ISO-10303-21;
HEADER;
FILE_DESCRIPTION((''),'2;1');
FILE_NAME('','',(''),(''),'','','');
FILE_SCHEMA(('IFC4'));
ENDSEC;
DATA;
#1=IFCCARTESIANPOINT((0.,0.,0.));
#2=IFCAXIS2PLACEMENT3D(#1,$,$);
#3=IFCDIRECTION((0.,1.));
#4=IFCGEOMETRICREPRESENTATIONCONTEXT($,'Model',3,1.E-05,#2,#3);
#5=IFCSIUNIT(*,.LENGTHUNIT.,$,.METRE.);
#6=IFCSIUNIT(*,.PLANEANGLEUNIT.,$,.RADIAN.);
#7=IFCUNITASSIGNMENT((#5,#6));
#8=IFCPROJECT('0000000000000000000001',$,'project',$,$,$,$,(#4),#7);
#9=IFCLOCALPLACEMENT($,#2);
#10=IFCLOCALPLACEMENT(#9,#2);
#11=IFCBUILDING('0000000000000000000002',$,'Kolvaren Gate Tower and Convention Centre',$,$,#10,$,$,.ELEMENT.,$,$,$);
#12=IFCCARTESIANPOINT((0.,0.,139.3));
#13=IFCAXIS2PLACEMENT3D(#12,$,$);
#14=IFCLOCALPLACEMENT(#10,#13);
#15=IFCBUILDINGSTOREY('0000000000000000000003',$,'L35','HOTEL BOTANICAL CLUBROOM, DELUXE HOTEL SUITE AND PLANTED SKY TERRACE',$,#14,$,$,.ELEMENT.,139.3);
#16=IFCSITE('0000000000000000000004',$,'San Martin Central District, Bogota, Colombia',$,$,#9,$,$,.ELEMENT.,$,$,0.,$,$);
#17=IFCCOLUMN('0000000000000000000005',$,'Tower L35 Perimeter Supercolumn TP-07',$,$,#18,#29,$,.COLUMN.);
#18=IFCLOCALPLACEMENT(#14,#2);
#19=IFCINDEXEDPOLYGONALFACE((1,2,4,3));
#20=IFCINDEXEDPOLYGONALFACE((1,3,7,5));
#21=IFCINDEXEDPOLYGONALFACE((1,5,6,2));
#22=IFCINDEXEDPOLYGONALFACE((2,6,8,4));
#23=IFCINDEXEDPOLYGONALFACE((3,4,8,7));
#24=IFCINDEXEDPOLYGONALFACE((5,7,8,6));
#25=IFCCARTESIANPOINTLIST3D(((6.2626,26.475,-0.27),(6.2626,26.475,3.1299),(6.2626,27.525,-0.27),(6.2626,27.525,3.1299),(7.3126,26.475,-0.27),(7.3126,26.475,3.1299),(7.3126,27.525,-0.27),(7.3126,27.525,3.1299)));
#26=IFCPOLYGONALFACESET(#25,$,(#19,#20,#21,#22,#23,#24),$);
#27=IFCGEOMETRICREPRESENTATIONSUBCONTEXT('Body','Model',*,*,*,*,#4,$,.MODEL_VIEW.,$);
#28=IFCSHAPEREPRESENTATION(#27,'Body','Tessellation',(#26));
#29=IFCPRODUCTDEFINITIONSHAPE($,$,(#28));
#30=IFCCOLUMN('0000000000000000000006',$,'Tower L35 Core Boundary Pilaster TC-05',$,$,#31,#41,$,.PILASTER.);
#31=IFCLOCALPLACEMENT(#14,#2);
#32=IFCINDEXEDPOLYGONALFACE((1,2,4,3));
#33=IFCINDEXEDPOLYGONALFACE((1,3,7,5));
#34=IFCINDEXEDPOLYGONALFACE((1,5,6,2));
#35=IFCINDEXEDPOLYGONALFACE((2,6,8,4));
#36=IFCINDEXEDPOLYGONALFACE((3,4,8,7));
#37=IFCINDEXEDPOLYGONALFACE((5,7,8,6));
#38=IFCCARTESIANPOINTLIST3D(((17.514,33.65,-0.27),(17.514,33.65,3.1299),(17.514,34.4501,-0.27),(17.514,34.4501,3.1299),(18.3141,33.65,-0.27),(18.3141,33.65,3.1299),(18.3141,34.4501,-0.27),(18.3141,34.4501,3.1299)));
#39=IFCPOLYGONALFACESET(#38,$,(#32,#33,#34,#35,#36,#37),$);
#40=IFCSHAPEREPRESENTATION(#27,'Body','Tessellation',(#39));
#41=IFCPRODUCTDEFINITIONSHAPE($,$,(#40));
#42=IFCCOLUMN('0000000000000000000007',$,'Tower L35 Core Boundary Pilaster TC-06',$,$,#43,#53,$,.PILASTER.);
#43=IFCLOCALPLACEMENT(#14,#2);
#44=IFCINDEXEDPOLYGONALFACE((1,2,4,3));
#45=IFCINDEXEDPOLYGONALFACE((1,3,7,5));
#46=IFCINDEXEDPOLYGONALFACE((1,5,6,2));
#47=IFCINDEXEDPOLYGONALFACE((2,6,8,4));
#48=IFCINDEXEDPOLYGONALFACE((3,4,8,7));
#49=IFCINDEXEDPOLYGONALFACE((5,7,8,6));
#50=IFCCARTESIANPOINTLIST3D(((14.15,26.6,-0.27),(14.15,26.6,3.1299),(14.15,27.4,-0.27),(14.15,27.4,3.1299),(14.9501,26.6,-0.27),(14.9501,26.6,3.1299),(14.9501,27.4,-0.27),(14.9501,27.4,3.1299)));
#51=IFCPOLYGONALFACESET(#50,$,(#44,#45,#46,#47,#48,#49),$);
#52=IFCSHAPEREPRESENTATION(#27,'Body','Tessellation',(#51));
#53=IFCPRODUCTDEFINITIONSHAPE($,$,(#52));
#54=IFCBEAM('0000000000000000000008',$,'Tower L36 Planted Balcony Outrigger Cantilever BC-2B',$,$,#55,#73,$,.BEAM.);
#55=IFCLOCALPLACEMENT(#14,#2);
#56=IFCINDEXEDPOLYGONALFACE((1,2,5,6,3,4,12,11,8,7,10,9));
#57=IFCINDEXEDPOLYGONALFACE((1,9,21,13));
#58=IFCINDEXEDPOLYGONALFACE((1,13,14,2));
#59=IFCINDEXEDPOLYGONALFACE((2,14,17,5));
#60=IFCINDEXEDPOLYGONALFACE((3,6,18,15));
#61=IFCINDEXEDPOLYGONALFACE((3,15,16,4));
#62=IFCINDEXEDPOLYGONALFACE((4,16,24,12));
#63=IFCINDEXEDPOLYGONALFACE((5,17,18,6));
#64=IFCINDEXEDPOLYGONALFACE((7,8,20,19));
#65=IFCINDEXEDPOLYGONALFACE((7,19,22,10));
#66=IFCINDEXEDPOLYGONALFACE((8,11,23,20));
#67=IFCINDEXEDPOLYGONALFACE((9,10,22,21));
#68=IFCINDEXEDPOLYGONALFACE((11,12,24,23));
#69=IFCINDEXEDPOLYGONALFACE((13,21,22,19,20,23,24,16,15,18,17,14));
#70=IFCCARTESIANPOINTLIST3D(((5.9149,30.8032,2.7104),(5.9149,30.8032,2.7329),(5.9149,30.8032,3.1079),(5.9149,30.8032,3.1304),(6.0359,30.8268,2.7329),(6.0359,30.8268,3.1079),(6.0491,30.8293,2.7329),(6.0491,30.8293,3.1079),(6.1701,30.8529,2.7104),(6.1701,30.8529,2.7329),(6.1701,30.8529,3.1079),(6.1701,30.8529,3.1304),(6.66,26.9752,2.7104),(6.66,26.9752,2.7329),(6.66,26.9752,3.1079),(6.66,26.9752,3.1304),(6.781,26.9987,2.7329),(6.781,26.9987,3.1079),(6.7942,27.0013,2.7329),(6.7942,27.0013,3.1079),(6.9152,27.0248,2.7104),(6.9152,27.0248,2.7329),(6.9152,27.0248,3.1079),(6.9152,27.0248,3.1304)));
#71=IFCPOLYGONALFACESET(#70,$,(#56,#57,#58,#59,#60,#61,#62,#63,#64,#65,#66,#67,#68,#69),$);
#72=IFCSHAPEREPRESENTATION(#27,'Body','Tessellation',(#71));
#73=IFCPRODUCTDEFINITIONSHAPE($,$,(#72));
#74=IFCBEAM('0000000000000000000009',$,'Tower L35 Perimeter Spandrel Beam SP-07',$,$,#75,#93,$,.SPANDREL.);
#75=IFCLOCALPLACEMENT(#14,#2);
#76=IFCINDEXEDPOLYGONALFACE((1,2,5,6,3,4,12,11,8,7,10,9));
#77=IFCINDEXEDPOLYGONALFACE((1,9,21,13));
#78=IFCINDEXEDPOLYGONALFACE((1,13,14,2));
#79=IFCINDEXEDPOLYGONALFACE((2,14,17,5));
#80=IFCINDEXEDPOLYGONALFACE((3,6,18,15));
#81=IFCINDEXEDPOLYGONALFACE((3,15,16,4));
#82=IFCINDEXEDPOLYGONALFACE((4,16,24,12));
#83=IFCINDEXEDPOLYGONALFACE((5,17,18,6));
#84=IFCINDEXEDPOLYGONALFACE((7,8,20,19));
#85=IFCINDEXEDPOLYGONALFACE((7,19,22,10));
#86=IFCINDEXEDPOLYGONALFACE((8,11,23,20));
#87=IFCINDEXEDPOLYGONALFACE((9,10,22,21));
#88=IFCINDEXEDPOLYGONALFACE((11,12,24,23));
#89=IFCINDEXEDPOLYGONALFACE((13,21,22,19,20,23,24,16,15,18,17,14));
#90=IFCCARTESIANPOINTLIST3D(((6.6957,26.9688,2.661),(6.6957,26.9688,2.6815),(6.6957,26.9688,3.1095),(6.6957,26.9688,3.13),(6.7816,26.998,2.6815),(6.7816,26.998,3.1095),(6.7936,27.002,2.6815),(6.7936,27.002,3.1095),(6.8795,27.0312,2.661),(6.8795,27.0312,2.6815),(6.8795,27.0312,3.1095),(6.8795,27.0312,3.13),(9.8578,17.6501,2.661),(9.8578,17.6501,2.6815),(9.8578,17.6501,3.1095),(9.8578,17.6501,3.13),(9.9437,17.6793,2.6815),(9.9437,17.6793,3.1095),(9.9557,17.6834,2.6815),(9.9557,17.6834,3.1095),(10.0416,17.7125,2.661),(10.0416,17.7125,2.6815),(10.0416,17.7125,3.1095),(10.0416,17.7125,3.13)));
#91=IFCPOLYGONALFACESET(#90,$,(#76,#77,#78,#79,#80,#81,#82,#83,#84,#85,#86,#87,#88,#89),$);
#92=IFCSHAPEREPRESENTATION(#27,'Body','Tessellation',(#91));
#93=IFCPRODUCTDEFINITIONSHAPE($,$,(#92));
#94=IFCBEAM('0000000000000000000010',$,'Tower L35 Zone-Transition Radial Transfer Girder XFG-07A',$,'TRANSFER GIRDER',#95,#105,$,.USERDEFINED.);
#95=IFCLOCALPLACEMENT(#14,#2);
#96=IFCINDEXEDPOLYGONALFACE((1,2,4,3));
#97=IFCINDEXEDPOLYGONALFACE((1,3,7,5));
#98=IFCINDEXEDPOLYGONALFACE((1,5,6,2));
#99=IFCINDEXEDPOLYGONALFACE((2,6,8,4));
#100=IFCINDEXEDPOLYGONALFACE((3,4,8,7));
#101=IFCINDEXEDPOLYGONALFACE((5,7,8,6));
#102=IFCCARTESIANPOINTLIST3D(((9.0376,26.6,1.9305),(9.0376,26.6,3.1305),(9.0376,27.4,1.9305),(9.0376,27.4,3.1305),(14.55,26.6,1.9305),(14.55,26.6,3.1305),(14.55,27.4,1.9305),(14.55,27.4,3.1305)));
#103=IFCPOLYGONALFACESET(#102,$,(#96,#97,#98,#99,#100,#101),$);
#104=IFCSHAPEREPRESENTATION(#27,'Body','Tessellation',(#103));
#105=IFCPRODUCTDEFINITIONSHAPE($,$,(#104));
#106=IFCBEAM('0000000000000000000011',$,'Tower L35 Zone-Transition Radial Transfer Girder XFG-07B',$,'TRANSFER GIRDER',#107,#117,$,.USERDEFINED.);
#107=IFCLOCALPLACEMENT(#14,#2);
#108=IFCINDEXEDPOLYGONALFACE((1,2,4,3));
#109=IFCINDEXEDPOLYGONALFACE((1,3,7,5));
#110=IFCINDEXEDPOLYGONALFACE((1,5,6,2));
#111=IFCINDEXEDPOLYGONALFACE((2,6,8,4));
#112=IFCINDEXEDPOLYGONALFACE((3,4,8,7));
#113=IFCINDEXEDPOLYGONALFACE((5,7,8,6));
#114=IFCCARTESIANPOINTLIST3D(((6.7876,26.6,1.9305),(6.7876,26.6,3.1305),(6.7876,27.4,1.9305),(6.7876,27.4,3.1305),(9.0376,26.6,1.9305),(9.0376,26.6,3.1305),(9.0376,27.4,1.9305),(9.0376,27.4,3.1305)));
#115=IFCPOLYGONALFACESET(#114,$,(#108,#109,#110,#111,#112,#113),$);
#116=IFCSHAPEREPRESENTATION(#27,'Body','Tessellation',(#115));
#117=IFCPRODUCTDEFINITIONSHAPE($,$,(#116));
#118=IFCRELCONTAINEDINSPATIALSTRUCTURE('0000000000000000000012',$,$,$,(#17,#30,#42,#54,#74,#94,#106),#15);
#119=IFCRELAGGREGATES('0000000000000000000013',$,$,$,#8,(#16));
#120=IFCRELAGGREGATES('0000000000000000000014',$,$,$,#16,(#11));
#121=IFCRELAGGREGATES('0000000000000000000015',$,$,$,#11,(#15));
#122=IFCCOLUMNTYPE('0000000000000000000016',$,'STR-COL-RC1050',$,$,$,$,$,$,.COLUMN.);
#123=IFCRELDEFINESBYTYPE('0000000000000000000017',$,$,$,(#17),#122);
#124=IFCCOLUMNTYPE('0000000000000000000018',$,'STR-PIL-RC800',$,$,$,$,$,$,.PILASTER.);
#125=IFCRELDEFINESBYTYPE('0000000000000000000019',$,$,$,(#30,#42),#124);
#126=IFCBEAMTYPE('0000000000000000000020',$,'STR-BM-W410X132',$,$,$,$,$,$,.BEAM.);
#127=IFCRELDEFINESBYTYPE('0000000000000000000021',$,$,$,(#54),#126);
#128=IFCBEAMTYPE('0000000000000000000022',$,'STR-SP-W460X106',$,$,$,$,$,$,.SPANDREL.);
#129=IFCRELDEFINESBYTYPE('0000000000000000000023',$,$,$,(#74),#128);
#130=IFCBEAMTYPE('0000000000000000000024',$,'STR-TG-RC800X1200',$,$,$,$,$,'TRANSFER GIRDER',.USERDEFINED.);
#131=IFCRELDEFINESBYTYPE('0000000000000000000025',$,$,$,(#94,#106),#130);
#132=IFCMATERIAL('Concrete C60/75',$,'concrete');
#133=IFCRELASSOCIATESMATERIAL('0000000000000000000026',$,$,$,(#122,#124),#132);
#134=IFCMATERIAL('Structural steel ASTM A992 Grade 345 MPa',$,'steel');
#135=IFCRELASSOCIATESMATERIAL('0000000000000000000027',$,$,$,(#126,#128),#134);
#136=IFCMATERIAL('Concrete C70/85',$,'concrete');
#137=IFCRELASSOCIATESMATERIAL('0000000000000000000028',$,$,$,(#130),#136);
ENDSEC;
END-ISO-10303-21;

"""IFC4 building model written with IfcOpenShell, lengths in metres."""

from ifc_helpers import new_model, si_unit, direction, frame, origin, origin_2d, place, context, subcontext, project, spatial, rectangle, i_section, extrude, material, material_profile, profile_set, type_object, element, save


model = new_model("IFC4")

# Units and contexts
model_context = context("Model", 3, precision=1e-05, world=origin(), true_north=direction((0.0, 1.0)))
body_context = subcontext(model_context, "Body", "Model", "MODEL_VIEW")
ifc_project = project(units=[si_unit("LENGTHUNIT", "METRE"), si_unit("PLANEANGLEUNIT", "RADIAN")], contexts=[model_context])

# Site, building, storey
site_placement = place(None, origin())
site = spatial("IfcSite", under=ifc_project, at=site_placement, Name="San Martin Central District, Bogota, Colombia", CompositionType="ELEMENT", RefElevation=0.0)
building_placement = place(site_placement, origin())
building = spatial("IfcBuilding", under=site, at=building_placement, Name="Kolvaren Gate Tower and Convention Centre", CompositionType="ELEMENT")
storey_placement = place(building_placement, frame((0.0, 0.0, 139.3)))
storey = spatial("IfcBuildingStorey", under=building, at=storey_placement, Name="L35", Description="HOTEL BOTANICAL CLUBROOM, DELUXE HOTEL SUITE AND PLANTED SKY TERRACE", CompositionType="ELEMENT", Elevation=139.3)

# Columns
ifc_material_1 = material(Name="Concrete C60/75", Category="concrete")
ifc_material_profile_1 = material_profile(ifc_material_1, rectangle(XDim=1.05, YDim=1.05, at=origin_2d()), Name="RC-COL-1050X1050")
ifc_profile_set_1 = profile_set([ifc_material_profile_1], Name="Concrete C60/75")
column_type_1 = type_object("IfcColumnType", Name="STR-COL-RC1050", PredefinedType="COLUMN", material=ifc_profile_set_1)
column_placement = place(storey_placement, frame((6.7876, 27.0, -0.27), z_axis=(0.0, 0.0, 1.0), x_axis=(1.0, 0.0, 0.0)))
element("IfcColumn", 1, at=column_placement, inside=storey, type_object=column_type_1, Name="Tower L35 Perimeter Supercolumn TP-07", PredefinedType="COLUMN", context=body_context, shape_type="SweptSolid", body=[
    extrude(rectangle(XDim=1.05, YDim=1.05, at=origin_2d()), origin(), (0.0, 0.0, 1.0), 3.3999),
])
ifc_material_profile_2 = material_profile(ifc_material_1, rectangle(XDim=0.8, YDim=0.8, at=origin_2d()), Name="RC-COL-800X800")
ifc_profile_set_2 = profile_set([ifc_material_profile_2], Name="Concrete C60/75")
column_type_2 = type_object("IfcColumnType", Name="STR-PIL-RC800", PredefinedType="PILASTER", material=ifc_profile_set_2)
for number, where, z_axis, x_axis, name in (
    (2, (17.9141, 34.05, -0.27), (0.0, 0.0, 1.0), (1.0, 0.0, 0.0), "Tower L35 Core Boundary Pilaster TC-05"),
    (3, (14.55, 27.0, -0.27), (0.0, 0.0, 1.0), (1.0, 0.0, 0.0), "Tower L35 Core Boundary Pilaster TC-06"),
):
    element("IfcColumn", number, at=place(storey_placement, frame(where, z_axis=z_axis, x_axis=x_axis)), inside=storey, type_object=column_type_2, Name=name, PredefinedType="PILASTER", context=body_context, shape_type="SweptSolid", body=[
        extrude(rectangle(XDim=0.8, YDim=0.8, at=origin_2d()), origin(), (0.0, 0.0, 1.0), 3.3999),
    ])

# Beams
ifc_material_2 = material(Name="Structural steel ASTM A992 Grade 345 MPa", Category="steel")
ifc_material_profile_3 = material_profile(ifc_material_2, i_section(OverallWidth=0.26, OverallDepth=0.4199, WebThickness=0.0134, FlangeThickness=0.0225, at=origin_2d()), Name="W410X132")
ifc_profile_set_3 = profile_set([ifc_material_profile_3], Name="Structural steel ASTM A992 Grade 345 MPa")
beam_type_1 = type_object("IfcBeamType", Name="STR-BM-W410X132", PredefinedType="BEAM", material=ifc_profile_set_3)
beam_1_placement = place(storey_placement, frame((6.7876, 27.0, 2.9204), z_axis=(-0.191057, 0.981579, 0.0), x_axis=(-0.981579, -0.191057, 0.0)))
element("IfcBeam", 4, at=beam_1_placement, inside=storey, type_object=beam_type_1, Name="Tower L36 Planted Balcony Outrigger Cantilever BC-2B", PredefinedType="BEAM", context=body_context, shape_type="SweptSolid", body=[
    extrude(i_section(OverallWidth=0.26, OverallDepth=0.4199, WebThickness=0.0134, FlangeThickness=0.0225, at=origin_2d()), origin(), (0.0, 0.0, 1.0), 3.8999),
])
ifc_material_profile_4 = material_profile(ifc_material_2, i_section(OverallWidth=0.1941, OverallDepth=0.469, WebThickness=0.0127, FlangeThickness=0.0205, at=origin_2d()), Name="W460X106")
ifc_profile_set_4 = profile_set([ifc_material_profile_4], Name="Structural steel ASTM A992 Grade 345 MPa")
beam_type_2 = type_object("IfcBeamType", Name="STR-SP-W460X106", PredefinedType="SPANDREL", material=ifc_profile_set_4)
beam_2_placement = place(storey_placement, frame((6.7876, 27.0, 2.8955), z_axis=(0.321336, -0.946965, 0.0), x_axis=(0.946965, 0.321336, 0.0)))
element("IfcBeam", 5, at=beam_2_placement, inside=storey, type_object=beam_type_2, Name="Tower L35 Perimeter Spandrel Beam SP-07", PredefinedType="SPANDREL", context=body_context, shape_type="SweptSolid", body=[
    extrude(i_section(OverallWidth=0.1941, OverallDepth=0.469, WebThickness=0.0127, FlangeThickness=0.0205, at=origin_2d()), origin(), (0.0, 0.0, 1.0), 9.8406),
])
ifc_material_3 = material(Name="Concrete C70/85", Category="concrete")
ifc_material_profile_5 = material_profile(ifc_material_3, rectangle(XDim=0.8, YDim=1.2, at=origin_2d()), Name="RC-BM-800X1200")
ifc_profile_set_5 = profile_set([ifc_material_profile_5], Name="Concrete C70/85")
beam_type_3 = type_object("IfcBeamType", Name="STR-TG-RC800X1200", ElementType="TRANSFER GIRDER", PredefinedType="USERDEFINED", material=ifc_profile_set_5)
beam_3_placement = place(storey_placement, frame((14.55, 27.0, 2.5305), z_axis=(-1.0, 0.0, 0.0), x_axis=(0.0, -1.0, 0.0)))
element("IfcBeam", 6, at=beam_3_placement, inside=storey, type_object=beam_type_3, Name="Tower L35 Zone-Transition Radial Transfer Girder XFG-07A", ObjectType="TRANSFER GIRDER", PredefinedType="USERDEFINED", context=body_context, shape_type="SweptSolid", body=[
    extrude(rectangle(XDim=0.8, YDim=1.2, at=origin_2d()), origin(), (0.0, 0.0, 1.0), 5.5125),
])
beam_4_placement = place(storey_placement, frame((9.0376, 27.0, 2.5305), z_axis=(-1.0, 0.0, 0.0), x_axis=(0.0, -1.0, 0.0)))
element("IfcBeam", 7, at=beam_4_placement, inside=storey, type_object=beam_type_3, Name="Tower L35 Zone-Transition Radial Transfer Girder XFG-07B", ObjectType="TRANSFER GIRDER", PredefinedType="USERDEFINED", context=body_context, shape_type="SweptSolid", body=[
    extrude(rectangle(XDim=0.8, YDim=1.2, at=origin_2d()), origin(), (0.0, 0.0, 1.0), 2.25),
])

save(model, "model.ifc")
